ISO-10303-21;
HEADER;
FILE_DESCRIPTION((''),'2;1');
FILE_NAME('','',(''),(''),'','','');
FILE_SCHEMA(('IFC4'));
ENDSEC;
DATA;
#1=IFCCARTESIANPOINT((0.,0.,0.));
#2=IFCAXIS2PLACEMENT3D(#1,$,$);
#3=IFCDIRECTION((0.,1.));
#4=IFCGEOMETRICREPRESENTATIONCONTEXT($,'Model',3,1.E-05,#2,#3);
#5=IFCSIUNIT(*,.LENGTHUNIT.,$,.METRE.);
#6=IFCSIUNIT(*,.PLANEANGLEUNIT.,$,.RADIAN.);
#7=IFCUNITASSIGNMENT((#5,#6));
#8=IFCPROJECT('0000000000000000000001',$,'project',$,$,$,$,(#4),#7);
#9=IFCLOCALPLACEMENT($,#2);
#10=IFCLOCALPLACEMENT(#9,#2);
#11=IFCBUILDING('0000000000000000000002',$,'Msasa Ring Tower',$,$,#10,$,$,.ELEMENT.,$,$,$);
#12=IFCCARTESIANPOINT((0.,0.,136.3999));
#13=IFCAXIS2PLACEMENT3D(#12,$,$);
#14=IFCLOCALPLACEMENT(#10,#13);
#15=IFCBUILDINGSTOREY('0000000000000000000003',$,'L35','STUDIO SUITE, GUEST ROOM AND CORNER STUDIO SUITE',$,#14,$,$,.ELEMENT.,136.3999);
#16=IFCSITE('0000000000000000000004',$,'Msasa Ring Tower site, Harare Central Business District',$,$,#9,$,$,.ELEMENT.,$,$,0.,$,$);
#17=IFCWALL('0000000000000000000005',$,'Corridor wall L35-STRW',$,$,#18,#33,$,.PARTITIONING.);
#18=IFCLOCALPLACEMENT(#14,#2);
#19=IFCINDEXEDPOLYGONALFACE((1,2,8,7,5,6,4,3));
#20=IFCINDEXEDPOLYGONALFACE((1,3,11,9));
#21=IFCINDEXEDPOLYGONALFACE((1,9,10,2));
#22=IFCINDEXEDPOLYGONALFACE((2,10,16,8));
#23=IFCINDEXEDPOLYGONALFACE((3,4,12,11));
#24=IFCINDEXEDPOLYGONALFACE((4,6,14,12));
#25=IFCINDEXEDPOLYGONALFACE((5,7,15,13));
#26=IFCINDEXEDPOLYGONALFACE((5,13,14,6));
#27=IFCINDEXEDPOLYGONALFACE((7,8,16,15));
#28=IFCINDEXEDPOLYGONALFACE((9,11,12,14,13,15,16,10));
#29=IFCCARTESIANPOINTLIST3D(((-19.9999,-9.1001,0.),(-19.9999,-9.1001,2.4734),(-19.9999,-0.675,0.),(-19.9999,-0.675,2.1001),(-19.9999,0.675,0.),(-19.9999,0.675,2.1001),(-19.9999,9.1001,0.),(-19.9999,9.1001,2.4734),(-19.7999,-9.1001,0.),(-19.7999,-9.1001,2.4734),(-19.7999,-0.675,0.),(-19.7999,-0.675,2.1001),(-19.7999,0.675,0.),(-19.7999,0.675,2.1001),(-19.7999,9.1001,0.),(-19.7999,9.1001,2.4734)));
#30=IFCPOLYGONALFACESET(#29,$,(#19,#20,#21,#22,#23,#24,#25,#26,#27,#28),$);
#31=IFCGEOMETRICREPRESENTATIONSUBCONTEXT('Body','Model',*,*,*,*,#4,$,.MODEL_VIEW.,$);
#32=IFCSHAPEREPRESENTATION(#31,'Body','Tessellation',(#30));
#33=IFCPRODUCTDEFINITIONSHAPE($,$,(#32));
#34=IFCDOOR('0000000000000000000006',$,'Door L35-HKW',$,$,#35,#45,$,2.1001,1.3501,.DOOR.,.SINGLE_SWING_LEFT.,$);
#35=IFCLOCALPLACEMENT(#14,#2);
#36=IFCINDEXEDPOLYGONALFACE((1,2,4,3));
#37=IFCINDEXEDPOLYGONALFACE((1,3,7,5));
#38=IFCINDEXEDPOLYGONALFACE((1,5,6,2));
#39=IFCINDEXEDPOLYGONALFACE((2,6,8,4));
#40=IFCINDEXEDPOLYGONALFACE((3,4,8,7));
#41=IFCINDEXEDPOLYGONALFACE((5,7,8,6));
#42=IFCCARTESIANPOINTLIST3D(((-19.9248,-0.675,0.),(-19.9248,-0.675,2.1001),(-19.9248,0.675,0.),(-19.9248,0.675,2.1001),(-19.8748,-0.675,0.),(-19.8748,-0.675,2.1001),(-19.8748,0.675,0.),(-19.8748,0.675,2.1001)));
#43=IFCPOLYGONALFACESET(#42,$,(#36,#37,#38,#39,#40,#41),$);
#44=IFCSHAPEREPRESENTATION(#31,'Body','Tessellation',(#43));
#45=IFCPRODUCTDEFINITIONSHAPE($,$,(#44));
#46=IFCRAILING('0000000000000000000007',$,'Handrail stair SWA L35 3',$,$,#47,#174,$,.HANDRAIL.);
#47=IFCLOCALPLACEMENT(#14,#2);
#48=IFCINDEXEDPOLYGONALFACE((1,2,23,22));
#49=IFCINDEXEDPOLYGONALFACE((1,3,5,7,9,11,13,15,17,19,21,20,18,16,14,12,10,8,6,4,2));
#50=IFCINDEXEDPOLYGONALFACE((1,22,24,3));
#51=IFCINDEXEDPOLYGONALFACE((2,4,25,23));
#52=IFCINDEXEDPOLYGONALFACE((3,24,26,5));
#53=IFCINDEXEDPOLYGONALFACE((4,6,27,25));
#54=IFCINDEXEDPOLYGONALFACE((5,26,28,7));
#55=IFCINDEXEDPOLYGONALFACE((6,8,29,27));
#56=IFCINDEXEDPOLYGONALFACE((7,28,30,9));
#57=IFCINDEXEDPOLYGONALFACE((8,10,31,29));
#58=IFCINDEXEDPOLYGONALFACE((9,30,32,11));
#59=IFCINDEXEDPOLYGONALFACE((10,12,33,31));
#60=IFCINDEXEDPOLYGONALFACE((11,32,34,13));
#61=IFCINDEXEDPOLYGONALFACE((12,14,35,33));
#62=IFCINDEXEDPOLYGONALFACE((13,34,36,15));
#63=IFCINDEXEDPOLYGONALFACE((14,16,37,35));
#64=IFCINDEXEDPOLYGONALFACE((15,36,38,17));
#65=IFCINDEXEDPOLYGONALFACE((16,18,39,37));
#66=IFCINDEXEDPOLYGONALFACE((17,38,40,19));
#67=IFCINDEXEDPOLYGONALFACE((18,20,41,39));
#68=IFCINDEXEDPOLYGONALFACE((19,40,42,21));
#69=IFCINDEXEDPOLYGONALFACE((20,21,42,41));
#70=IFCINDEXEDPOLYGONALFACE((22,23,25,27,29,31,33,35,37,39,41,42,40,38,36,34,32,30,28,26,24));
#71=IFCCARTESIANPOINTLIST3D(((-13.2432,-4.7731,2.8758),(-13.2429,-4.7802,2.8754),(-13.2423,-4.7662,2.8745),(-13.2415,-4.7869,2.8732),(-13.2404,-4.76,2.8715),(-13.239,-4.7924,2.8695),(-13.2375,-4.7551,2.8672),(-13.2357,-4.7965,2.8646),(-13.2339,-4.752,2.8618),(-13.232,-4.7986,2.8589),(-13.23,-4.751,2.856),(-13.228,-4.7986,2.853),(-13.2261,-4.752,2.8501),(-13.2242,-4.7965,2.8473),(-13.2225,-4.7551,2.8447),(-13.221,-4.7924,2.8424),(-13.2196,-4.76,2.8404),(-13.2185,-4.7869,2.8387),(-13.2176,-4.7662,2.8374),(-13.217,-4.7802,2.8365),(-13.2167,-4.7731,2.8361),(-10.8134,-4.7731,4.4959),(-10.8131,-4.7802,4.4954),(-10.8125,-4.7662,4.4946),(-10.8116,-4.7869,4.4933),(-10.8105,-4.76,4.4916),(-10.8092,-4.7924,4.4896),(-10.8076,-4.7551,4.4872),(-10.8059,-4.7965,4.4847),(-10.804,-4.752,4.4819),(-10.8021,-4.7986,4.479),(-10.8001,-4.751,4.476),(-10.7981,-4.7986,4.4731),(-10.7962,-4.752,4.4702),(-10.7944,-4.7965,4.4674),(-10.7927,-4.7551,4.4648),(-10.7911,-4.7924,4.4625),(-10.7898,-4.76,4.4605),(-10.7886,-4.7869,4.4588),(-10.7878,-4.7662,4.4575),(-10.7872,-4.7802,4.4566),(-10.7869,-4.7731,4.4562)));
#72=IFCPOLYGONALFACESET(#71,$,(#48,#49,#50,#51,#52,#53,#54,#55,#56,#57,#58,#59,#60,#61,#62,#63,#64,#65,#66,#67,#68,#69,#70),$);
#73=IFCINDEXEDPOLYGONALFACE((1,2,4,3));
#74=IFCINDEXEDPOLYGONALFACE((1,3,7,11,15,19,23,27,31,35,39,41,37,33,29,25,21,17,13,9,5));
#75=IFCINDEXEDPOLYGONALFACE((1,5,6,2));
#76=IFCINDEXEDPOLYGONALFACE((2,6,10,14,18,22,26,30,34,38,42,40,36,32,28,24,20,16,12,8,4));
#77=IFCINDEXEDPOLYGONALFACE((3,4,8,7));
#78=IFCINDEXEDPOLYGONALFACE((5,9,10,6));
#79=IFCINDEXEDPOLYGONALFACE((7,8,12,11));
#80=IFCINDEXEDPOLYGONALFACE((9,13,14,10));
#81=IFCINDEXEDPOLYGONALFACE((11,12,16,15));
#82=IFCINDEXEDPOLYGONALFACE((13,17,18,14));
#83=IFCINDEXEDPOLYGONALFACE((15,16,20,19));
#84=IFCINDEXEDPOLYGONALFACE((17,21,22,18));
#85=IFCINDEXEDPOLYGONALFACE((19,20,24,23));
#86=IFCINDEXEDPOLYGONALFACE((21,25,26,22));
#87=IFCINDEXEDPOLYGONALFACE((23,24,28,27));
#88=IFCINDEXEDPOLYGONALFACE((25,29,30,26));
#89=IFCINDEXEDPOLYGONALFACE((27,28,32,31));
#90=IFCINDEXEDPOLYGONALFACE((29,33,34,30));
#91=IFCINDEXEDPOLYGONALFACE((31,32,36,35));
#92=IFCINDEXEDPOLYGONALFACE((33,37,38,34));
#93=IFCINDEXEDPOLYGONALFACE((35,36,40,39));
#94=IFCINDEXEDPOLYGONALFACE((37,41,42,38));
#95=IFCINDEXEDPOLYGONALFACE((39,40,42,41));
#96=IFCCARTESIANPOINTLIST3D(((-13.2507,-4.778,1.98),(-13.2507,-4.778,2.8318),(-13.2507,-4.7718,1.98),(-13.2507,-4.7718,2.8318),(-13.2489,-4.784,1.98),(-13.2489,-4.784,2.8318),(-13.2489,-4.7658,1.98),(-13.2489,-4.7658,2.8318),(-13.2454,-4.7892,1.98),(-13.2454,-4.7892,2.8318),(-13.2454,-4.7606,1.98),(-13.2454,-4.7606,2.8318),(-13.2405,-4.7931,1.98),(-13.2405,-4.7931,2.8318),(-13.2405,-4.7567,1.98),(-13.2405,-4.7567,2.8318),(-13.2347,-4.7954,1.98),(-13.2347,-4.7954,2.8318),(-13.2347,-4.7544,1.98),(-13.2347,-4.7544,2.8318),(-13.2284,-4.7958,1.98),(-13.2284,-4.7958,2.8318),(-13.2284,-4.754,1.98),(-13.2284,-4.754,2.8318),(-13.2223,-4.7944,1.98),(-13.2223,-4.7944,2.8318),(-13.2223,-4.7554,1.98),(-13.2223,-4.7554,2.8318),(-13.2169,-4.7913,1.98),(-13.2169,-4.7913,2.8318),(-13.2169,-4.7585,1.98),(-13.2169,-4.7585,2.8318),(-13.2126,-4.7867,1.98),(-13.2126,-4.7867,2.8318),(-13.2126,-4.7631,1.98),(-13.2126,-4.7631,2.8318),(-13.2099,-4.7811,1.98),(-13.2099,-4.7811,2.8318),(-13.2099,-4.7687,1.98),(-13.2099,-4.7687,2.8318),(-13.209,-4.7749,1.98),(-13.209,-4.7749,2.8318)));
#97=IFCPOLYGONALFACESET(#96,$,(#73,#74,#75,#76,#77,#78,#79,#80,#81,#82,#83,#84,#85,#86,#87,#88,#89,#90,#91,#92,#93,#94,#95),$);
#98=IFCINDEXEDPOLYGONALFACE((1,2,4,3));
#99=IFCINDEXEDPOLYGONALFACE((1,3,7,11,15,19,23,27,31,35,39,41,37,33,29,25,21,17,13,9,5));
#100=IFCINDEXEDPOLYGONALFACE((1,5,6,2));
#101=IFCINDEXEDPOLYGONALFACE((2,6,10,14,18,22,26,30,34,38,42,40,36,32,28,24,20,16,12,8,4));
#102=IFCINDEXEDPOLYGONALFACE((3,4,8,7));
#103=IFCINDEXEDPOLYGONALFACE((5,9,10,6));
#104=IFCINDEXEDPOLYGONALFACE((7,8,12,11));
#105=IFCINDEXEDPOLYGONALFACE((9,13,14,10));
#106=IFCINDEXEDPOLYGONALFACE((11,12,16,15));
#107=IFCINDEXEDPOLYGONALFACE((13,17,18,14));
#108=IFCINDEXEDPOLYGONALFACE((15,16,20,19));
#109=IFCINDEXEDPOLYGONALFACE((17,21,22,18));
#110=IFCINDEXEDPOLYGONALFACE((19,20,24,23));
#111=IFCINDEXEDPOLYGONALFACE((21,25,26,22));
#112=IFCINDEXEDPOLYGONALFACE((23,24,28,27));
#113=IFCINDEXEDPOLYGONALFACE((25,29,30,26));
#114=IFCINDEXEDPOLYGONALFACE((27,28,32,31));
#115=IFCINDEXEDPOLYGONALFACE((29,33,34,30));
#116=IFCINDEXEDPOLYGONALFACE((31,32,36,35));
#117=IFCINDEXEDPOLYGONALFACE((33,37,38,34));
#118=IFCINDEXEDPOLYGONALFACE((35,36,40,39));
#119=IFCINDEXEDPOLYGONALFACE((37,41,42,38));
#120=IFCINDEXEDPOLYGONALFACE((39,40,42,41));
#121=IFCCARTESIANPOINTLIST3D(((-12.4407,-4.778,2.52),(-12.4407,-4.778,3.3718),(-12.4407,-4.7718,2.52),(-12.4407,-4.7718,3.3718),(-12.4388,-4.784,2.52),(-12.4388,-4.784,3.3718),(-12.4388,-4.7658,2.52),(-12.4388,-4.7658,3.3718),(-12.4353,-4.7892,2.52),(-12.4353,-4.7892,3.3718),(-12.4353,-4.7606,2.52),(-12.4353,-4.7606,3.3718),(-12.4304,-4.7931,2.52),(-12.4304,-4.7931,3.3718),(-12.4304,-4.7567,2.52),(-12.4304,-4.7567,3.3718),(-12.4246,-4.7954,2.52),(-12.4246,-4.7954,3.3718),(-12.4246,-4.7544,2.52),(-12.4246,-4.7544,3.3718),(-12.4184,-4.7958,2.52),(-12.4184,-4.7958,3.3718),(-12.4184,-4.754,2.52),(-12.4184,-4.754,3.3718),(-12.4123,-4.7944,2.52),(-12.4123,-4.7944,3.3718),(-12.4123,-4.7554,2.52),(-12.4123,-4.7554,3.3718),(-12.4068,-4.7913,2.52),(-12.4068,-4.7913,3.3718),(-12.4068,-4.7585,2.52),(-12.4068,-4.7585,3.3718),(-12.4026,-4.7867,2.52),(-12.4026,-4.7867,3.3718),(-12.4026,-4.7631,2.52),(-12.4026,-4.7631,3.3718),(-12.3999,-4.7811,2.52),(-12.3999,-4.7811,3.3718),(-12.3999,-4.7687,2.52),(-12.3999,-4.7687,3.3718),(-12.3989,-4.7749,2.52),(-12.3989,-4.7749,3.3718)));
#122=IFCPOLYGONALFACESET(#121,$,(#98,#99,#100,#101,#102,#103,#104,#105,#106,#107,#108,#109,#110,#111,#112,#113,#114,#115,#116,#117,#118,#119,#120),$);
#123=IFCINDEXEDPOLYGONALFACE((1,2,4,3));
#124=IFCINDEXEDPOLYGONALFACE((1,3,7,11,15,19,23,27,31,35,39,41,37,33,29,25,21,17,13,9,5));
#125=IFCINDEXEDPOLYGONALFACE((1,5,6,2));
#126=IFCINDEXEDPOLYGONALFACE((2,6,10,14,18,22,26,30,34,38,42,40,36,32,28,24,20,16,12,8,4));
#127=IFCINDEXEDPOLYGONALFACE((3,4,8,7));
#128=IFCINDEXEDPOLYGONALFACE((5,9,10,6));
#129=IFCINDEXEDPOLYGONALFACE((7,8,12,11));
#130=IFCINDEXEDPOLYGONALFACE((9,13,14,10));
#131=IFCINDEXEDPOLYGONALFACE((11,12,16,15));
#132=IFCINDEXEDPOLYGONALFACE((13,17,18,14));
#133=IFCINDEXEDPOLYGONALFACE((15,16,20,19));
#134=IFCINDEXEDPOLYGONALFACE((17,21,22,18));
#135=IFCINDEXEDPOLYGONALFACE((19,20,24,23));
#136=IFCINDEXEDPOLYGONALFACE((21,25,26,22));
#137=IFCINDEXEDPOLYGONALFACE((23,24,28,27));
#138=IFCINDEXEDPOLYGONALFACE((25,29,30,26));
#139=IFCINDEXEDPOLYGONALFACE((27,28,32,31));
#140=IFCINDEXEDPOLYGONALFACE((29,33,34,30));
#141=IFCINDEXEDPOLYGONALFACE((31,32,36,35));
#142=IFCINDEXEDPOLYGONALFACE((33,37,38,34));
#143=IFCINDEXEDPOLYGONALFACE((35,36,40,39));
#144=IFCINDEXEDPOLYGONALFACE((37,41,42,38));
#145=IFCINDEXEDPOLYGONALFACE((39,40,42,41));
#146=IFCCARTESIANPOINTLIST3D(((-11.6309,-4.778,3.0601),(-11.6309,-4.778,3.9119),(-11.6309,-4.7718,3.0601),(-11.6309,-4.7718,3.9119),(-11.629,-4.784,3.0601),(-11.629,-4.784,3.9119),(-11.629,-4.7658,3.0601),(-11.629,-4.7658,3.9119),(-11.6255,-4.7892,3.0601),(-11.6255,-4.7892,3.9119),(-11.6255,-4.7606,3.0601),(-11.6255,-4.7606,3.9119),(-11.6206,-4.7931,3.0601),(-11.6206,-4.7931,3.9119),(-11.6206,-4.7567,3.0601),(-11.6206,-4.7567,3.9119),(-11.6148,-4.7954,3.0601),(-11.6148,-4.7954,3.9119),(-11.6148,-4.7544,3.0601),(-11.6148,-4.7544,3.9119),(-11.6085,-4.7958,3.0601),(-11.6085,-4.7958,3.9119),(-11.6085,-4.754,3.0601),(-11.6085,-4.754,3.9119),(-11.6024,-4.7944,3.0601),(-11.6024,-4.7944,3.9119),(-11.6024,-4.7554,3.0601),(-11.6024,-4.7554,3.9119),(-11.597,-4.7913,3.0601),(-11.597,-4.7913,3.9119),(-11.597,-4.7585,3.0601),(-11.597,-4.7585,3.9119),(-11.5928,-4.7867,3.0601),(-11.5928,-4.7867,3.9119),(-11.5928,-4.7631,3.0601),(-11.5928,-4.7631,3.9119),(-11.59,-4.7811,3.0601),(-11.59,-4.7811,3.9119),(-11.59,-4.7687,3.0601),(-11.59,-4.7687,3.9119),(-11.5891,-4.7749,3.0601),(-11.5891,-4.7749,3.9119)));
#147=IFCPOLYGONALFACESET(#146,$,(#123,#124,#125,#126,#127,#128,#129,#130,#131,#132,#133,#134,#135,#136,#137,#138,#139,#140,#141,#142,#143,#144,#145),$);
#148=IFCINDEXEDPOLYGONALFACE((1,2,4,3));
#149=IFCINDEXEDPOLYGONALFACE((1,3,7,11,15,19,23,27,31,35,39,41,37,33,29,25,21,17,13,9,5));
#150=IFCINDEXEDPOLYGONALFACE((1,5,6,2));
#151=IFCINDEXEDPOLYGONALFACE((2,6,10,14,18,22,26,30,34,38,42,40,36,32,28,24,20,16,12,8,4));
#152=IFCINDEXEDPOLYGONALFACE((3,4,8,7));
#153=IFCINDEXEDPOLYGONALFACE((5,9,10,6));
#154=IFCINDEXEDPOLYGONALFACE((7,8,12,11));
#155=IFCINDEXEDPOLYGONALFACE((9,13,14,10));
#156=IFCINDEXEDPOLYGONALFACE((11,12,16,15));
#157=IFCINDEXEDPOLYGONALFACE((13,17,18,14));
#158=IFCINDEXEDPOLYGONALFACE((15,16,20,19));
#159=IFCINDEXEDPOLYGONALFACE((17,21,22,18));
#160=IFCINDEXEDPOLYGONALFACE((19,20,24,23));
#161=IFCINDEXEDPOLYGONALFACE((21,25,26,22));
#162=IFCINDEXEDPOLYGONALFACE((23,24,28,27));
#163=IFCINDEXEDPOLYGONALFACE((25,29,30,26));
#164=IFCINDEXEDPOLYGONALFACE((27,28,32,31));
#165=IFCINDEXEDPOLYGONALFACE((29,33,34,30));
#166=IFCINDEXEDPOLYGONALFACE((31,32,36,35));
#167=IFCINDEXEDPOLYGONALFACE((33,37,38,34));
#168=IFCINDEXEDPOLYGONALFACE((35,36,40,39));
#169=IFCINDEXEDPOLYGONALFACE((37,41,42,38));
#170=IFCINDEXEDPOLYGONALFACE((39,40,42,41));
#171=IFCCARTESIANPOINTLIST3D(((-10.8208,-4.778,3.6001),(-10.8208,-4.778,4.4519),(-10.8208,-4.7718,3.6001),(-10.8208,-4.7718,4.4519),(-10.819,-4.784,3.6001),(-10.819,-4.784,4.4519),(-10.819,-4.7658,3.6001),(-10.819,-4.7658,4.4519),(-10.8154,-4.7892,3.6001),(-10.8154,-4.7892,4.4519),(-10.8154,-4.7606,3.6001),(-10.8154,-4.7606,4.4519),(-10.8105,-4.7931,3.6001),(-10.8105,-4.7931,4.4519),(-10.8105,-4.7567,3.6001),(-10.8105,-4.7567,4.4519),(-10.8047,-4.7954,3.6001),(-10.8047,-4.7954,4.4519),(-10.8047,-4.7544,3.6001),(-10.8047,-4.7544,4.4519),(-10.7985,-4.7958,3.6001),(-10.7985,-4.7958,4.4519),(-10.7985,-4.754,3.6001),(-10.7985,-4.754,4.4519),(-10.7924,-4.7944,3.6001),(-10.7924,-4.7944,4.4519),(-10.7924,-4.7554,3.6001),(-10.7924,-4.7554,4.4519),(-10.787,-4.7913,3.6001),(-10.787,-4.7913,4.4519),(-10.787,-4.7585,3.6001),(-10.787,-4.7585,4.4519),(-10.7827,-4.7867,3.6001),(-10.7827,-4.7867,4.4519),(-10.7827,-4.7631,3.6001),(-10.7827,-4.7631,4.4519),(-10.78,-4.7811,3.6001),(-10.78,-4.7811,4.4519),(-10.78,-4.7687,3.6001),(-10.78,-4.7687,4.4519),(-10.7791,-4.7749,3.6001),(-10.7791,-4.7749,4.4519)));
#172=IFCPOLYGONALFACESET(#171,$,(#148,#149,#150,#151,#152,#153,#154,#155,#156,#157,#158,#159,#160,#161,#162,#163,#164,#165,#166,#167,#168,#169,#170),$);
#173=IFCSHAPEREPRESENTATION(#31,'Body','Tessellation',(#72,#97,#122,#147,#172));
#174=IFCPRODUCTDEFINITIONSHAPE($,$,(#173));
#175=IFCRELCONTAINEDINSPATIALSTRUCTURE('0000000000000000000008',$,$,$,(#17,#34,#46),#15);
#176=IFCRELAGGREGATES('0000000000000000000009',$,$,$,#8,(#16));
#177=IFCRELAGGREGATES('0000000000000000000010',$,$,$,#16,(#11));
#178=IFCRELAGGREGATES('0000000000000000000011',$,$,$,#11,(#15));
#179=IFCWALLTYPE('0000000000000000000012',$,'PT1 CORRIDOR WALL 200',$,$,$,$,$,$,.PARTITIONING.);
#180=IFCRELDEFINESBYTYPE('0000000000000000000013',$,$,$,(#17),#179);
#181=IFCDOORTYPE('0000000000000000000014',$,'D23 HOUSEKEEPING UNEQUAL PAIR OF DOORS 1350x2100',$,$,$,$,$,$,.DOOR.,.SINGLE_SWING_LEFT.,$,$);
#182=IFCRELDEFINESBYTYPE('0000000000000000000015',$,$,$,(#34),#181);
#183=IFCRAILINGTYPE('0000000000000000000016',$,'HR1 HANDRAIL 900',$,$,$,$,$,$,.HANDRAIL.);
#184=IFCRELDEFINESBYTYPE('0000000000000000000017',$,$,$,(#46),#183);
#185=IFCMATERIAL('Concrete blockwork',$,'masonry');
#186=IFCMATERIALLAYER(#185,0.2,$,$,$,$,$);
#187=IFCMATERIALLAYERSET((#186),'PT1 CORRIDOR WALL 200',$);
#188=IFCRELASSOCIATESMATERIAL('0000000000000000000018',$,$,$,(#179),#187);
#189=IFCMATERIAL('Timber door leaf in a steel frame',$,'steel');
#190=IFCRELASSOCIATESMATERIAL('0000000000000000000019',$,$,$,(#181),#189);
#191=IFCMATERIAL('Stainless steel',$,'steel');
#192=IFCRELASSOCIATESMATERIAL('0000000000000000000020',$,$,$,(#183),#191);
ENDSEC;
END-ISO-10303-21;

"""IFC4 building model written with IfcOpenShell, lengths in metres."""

from ifc_helpers import new_model, si_unit, direction, frame, frame_2d, origin, origin_2d, place, context, subcontext, project, spatial, rectangle, circle, extrude, material, layer, layer_set, type_object, element, fill, save


model = new_model("IFC4")

# Units and contexts
model_context = context("Model", 3, precision=1e-05, world=origin(), true_north=direction((0.0, 1.0)))
body_context = subcontext(model_context, "Body", "Model", "MODEL_VIEW")
ifc_project = project(units=[si_unit("LENGTHUNIT", "METRE"), si_unit("PLANEANGLEUNIT", "RADIAN")], contexts=[model_context])

# Site, building, storey
site_placement = place(None, origin())
site = spatial("IfcSite", under=ifc_project, at=site_placement, Name="Msasa Ring Tower site, Harare Central Business District", CompositionType="ELEMENT", RefElevation=0.0)
building_placement = place(site_placement, origin())
building = spatial("IfcBuilding", under=site, at=building_placement, Name="Msasa Ring Tower", CompositionType="ELEMENT")
storey_placement = place(building_placement, frame((0.0, 0.0, 136.3999)))
storey = spatial("IfcBuildingStorey", under=building, at=storey_placement, Name="L35", Description="STUDIO SUITE, GUEST ROOM AND CORNER STUDIO SUITE", CompositionType="ELEMENT", Elevation=136.3999)

# Wall, opening, door
ifc_material_1 = material(Name="Concrete blockwork", Category="masonry")
ifc_layer_1 = layer(ifc_material_1, 0.2)
ifc_layer_set_1 = layer_set([ifc_layer_1], Name="PT1 CORRIDOR WALL 200")
wall_type_1 = type_object("IfcWallType", Name="PT1 CORRIDOR WALL 200", PredefinedType="PARTITIONING", material=ifc_layer_set_1)
wall_1_placement = place(storey_placement, frame((-19.8999, -9.1001, 0.0), z_axis=(0.0, 0.0, 1.0), x_axis=(0.0, 1.0, 0.0)))
wall_1 = element("IfcWall", 1, at=wall_1_placement, inside=storey, type_object=wall_type_1, Name="Corridor wall L35-STRW", PredefinedType="PARTITIONING", context=body_context, shape_type="SweptSolid", body=[
    extrude(rectangle(XDim=18.2002, YDim=0.2, at=frame_2d((9.1001, 0.0))), origin(), (0.0, 0.0, 1.0), 2.4734),
])
opening_1_placement = place(wall_1_placement, frame((8.425, 0.0, 0.0)))
opening_1 = element("IfcOpeningElement", 2, at=opening_1_placement, cuts=wall_1, PredefinedType="OPENING", context=body_context, shape_type="SweptSolid", body=[
    extrude(rectangle(XDim=1.3501, YDim=2.1001, at=frame_2d((0.675, 1.05))), frame((0.0, 0.1099, 0.0), z_axis=(0.0, -1.0, 0.0), x_axis=(1.0, 0.0, 0.0)), (0.0, 0.0, 1.0), 0.22),
])
ifc_material_2 = material(Name="Timber door leaf in a steel frame", Category="steel")
door_type = type_object("IfcDoorType", Name="D23 HOUSEKEEPING UNEQUAL PAIR OF DOORS 1350x2100", OperationType="SINGLE_SWING_LEFT", PredefinedType="DOOR", material=ifc_material_2)
door_placement = place(opening_1_placement, origin())
door = element("IfcDoor", 3, at=door_placement, inside=storey, type_object=door_type, Name="Door L35-HKW", OperationType="SINGLE_SWING_LEFT", OverallHeight=2.1001, OverallWidth=1.3501, PredefinedType="DOOR", context=body_context, shape_type="SweptSolid", body=[
    extrude(rectangle(XDim=1.3501, YDim=2.1001, at=frame_2d((0.675, 1.05))), frame((0.0, 0.0249, 0.0), z_axis=(0.0, -1.0, 0.0), x_axis=(1.0, 0.0, 0.0)), (0.0, 0.0, 1.0), 0.05),
])
fill(opening_1, door)

# Railing
ifc_material_3 = material(Name="Stainless steel", Category="steel")
railing_type = type_object("IfcRailingType", Name="HR1 HANDRAIL 900", PredefinedType="HANDRAIL", material=ifc_material_3)
railing_placement = place(storey_placement, frame((-13.23, -4.7749, 1.98)))
element("IfcRailing", 4, at=railing_placement, inside=storey, type_object=railing_type, Name="Handrail stair SWA L35 3", PredefinedType="HANDRAIL", context=body_context, shape_type="SweptSolid", body=[
    extrude(circle(Radius=0.0239, at=origin_2d()), frame((0.0, 0.0, 0.876), z_axis=(0.832025, 0.0, 0.554739), x_axis=(0.0, 1.0, 0.0)), (0.0, 0.0, 1.0), 2.9204),
    extrude(circle(Radius=0.021, at=origin_2d()), origin(), (0.0, 0.0, 1.0), 0.8518),
    extrude(circle(Radius=0.021, at=origin_2d()), frame((0.8101, 0.0, 0.54)), (0.0, 0.0, 1.0), 0.8518),
    extrude(circle(Radius=0.021, at=origin_2d()), frame((1.6199, 0.0, 1.0801)), (0.0, 0.0, 1.0), 0.8518),
    extrude(circle(Radius=0.021, at=origin_2d()), frame((2.4299, 0.0, 1.6201)), (0.0, 0.0, 1.0), 0.8518),
])

save(model, "model.ifc")
